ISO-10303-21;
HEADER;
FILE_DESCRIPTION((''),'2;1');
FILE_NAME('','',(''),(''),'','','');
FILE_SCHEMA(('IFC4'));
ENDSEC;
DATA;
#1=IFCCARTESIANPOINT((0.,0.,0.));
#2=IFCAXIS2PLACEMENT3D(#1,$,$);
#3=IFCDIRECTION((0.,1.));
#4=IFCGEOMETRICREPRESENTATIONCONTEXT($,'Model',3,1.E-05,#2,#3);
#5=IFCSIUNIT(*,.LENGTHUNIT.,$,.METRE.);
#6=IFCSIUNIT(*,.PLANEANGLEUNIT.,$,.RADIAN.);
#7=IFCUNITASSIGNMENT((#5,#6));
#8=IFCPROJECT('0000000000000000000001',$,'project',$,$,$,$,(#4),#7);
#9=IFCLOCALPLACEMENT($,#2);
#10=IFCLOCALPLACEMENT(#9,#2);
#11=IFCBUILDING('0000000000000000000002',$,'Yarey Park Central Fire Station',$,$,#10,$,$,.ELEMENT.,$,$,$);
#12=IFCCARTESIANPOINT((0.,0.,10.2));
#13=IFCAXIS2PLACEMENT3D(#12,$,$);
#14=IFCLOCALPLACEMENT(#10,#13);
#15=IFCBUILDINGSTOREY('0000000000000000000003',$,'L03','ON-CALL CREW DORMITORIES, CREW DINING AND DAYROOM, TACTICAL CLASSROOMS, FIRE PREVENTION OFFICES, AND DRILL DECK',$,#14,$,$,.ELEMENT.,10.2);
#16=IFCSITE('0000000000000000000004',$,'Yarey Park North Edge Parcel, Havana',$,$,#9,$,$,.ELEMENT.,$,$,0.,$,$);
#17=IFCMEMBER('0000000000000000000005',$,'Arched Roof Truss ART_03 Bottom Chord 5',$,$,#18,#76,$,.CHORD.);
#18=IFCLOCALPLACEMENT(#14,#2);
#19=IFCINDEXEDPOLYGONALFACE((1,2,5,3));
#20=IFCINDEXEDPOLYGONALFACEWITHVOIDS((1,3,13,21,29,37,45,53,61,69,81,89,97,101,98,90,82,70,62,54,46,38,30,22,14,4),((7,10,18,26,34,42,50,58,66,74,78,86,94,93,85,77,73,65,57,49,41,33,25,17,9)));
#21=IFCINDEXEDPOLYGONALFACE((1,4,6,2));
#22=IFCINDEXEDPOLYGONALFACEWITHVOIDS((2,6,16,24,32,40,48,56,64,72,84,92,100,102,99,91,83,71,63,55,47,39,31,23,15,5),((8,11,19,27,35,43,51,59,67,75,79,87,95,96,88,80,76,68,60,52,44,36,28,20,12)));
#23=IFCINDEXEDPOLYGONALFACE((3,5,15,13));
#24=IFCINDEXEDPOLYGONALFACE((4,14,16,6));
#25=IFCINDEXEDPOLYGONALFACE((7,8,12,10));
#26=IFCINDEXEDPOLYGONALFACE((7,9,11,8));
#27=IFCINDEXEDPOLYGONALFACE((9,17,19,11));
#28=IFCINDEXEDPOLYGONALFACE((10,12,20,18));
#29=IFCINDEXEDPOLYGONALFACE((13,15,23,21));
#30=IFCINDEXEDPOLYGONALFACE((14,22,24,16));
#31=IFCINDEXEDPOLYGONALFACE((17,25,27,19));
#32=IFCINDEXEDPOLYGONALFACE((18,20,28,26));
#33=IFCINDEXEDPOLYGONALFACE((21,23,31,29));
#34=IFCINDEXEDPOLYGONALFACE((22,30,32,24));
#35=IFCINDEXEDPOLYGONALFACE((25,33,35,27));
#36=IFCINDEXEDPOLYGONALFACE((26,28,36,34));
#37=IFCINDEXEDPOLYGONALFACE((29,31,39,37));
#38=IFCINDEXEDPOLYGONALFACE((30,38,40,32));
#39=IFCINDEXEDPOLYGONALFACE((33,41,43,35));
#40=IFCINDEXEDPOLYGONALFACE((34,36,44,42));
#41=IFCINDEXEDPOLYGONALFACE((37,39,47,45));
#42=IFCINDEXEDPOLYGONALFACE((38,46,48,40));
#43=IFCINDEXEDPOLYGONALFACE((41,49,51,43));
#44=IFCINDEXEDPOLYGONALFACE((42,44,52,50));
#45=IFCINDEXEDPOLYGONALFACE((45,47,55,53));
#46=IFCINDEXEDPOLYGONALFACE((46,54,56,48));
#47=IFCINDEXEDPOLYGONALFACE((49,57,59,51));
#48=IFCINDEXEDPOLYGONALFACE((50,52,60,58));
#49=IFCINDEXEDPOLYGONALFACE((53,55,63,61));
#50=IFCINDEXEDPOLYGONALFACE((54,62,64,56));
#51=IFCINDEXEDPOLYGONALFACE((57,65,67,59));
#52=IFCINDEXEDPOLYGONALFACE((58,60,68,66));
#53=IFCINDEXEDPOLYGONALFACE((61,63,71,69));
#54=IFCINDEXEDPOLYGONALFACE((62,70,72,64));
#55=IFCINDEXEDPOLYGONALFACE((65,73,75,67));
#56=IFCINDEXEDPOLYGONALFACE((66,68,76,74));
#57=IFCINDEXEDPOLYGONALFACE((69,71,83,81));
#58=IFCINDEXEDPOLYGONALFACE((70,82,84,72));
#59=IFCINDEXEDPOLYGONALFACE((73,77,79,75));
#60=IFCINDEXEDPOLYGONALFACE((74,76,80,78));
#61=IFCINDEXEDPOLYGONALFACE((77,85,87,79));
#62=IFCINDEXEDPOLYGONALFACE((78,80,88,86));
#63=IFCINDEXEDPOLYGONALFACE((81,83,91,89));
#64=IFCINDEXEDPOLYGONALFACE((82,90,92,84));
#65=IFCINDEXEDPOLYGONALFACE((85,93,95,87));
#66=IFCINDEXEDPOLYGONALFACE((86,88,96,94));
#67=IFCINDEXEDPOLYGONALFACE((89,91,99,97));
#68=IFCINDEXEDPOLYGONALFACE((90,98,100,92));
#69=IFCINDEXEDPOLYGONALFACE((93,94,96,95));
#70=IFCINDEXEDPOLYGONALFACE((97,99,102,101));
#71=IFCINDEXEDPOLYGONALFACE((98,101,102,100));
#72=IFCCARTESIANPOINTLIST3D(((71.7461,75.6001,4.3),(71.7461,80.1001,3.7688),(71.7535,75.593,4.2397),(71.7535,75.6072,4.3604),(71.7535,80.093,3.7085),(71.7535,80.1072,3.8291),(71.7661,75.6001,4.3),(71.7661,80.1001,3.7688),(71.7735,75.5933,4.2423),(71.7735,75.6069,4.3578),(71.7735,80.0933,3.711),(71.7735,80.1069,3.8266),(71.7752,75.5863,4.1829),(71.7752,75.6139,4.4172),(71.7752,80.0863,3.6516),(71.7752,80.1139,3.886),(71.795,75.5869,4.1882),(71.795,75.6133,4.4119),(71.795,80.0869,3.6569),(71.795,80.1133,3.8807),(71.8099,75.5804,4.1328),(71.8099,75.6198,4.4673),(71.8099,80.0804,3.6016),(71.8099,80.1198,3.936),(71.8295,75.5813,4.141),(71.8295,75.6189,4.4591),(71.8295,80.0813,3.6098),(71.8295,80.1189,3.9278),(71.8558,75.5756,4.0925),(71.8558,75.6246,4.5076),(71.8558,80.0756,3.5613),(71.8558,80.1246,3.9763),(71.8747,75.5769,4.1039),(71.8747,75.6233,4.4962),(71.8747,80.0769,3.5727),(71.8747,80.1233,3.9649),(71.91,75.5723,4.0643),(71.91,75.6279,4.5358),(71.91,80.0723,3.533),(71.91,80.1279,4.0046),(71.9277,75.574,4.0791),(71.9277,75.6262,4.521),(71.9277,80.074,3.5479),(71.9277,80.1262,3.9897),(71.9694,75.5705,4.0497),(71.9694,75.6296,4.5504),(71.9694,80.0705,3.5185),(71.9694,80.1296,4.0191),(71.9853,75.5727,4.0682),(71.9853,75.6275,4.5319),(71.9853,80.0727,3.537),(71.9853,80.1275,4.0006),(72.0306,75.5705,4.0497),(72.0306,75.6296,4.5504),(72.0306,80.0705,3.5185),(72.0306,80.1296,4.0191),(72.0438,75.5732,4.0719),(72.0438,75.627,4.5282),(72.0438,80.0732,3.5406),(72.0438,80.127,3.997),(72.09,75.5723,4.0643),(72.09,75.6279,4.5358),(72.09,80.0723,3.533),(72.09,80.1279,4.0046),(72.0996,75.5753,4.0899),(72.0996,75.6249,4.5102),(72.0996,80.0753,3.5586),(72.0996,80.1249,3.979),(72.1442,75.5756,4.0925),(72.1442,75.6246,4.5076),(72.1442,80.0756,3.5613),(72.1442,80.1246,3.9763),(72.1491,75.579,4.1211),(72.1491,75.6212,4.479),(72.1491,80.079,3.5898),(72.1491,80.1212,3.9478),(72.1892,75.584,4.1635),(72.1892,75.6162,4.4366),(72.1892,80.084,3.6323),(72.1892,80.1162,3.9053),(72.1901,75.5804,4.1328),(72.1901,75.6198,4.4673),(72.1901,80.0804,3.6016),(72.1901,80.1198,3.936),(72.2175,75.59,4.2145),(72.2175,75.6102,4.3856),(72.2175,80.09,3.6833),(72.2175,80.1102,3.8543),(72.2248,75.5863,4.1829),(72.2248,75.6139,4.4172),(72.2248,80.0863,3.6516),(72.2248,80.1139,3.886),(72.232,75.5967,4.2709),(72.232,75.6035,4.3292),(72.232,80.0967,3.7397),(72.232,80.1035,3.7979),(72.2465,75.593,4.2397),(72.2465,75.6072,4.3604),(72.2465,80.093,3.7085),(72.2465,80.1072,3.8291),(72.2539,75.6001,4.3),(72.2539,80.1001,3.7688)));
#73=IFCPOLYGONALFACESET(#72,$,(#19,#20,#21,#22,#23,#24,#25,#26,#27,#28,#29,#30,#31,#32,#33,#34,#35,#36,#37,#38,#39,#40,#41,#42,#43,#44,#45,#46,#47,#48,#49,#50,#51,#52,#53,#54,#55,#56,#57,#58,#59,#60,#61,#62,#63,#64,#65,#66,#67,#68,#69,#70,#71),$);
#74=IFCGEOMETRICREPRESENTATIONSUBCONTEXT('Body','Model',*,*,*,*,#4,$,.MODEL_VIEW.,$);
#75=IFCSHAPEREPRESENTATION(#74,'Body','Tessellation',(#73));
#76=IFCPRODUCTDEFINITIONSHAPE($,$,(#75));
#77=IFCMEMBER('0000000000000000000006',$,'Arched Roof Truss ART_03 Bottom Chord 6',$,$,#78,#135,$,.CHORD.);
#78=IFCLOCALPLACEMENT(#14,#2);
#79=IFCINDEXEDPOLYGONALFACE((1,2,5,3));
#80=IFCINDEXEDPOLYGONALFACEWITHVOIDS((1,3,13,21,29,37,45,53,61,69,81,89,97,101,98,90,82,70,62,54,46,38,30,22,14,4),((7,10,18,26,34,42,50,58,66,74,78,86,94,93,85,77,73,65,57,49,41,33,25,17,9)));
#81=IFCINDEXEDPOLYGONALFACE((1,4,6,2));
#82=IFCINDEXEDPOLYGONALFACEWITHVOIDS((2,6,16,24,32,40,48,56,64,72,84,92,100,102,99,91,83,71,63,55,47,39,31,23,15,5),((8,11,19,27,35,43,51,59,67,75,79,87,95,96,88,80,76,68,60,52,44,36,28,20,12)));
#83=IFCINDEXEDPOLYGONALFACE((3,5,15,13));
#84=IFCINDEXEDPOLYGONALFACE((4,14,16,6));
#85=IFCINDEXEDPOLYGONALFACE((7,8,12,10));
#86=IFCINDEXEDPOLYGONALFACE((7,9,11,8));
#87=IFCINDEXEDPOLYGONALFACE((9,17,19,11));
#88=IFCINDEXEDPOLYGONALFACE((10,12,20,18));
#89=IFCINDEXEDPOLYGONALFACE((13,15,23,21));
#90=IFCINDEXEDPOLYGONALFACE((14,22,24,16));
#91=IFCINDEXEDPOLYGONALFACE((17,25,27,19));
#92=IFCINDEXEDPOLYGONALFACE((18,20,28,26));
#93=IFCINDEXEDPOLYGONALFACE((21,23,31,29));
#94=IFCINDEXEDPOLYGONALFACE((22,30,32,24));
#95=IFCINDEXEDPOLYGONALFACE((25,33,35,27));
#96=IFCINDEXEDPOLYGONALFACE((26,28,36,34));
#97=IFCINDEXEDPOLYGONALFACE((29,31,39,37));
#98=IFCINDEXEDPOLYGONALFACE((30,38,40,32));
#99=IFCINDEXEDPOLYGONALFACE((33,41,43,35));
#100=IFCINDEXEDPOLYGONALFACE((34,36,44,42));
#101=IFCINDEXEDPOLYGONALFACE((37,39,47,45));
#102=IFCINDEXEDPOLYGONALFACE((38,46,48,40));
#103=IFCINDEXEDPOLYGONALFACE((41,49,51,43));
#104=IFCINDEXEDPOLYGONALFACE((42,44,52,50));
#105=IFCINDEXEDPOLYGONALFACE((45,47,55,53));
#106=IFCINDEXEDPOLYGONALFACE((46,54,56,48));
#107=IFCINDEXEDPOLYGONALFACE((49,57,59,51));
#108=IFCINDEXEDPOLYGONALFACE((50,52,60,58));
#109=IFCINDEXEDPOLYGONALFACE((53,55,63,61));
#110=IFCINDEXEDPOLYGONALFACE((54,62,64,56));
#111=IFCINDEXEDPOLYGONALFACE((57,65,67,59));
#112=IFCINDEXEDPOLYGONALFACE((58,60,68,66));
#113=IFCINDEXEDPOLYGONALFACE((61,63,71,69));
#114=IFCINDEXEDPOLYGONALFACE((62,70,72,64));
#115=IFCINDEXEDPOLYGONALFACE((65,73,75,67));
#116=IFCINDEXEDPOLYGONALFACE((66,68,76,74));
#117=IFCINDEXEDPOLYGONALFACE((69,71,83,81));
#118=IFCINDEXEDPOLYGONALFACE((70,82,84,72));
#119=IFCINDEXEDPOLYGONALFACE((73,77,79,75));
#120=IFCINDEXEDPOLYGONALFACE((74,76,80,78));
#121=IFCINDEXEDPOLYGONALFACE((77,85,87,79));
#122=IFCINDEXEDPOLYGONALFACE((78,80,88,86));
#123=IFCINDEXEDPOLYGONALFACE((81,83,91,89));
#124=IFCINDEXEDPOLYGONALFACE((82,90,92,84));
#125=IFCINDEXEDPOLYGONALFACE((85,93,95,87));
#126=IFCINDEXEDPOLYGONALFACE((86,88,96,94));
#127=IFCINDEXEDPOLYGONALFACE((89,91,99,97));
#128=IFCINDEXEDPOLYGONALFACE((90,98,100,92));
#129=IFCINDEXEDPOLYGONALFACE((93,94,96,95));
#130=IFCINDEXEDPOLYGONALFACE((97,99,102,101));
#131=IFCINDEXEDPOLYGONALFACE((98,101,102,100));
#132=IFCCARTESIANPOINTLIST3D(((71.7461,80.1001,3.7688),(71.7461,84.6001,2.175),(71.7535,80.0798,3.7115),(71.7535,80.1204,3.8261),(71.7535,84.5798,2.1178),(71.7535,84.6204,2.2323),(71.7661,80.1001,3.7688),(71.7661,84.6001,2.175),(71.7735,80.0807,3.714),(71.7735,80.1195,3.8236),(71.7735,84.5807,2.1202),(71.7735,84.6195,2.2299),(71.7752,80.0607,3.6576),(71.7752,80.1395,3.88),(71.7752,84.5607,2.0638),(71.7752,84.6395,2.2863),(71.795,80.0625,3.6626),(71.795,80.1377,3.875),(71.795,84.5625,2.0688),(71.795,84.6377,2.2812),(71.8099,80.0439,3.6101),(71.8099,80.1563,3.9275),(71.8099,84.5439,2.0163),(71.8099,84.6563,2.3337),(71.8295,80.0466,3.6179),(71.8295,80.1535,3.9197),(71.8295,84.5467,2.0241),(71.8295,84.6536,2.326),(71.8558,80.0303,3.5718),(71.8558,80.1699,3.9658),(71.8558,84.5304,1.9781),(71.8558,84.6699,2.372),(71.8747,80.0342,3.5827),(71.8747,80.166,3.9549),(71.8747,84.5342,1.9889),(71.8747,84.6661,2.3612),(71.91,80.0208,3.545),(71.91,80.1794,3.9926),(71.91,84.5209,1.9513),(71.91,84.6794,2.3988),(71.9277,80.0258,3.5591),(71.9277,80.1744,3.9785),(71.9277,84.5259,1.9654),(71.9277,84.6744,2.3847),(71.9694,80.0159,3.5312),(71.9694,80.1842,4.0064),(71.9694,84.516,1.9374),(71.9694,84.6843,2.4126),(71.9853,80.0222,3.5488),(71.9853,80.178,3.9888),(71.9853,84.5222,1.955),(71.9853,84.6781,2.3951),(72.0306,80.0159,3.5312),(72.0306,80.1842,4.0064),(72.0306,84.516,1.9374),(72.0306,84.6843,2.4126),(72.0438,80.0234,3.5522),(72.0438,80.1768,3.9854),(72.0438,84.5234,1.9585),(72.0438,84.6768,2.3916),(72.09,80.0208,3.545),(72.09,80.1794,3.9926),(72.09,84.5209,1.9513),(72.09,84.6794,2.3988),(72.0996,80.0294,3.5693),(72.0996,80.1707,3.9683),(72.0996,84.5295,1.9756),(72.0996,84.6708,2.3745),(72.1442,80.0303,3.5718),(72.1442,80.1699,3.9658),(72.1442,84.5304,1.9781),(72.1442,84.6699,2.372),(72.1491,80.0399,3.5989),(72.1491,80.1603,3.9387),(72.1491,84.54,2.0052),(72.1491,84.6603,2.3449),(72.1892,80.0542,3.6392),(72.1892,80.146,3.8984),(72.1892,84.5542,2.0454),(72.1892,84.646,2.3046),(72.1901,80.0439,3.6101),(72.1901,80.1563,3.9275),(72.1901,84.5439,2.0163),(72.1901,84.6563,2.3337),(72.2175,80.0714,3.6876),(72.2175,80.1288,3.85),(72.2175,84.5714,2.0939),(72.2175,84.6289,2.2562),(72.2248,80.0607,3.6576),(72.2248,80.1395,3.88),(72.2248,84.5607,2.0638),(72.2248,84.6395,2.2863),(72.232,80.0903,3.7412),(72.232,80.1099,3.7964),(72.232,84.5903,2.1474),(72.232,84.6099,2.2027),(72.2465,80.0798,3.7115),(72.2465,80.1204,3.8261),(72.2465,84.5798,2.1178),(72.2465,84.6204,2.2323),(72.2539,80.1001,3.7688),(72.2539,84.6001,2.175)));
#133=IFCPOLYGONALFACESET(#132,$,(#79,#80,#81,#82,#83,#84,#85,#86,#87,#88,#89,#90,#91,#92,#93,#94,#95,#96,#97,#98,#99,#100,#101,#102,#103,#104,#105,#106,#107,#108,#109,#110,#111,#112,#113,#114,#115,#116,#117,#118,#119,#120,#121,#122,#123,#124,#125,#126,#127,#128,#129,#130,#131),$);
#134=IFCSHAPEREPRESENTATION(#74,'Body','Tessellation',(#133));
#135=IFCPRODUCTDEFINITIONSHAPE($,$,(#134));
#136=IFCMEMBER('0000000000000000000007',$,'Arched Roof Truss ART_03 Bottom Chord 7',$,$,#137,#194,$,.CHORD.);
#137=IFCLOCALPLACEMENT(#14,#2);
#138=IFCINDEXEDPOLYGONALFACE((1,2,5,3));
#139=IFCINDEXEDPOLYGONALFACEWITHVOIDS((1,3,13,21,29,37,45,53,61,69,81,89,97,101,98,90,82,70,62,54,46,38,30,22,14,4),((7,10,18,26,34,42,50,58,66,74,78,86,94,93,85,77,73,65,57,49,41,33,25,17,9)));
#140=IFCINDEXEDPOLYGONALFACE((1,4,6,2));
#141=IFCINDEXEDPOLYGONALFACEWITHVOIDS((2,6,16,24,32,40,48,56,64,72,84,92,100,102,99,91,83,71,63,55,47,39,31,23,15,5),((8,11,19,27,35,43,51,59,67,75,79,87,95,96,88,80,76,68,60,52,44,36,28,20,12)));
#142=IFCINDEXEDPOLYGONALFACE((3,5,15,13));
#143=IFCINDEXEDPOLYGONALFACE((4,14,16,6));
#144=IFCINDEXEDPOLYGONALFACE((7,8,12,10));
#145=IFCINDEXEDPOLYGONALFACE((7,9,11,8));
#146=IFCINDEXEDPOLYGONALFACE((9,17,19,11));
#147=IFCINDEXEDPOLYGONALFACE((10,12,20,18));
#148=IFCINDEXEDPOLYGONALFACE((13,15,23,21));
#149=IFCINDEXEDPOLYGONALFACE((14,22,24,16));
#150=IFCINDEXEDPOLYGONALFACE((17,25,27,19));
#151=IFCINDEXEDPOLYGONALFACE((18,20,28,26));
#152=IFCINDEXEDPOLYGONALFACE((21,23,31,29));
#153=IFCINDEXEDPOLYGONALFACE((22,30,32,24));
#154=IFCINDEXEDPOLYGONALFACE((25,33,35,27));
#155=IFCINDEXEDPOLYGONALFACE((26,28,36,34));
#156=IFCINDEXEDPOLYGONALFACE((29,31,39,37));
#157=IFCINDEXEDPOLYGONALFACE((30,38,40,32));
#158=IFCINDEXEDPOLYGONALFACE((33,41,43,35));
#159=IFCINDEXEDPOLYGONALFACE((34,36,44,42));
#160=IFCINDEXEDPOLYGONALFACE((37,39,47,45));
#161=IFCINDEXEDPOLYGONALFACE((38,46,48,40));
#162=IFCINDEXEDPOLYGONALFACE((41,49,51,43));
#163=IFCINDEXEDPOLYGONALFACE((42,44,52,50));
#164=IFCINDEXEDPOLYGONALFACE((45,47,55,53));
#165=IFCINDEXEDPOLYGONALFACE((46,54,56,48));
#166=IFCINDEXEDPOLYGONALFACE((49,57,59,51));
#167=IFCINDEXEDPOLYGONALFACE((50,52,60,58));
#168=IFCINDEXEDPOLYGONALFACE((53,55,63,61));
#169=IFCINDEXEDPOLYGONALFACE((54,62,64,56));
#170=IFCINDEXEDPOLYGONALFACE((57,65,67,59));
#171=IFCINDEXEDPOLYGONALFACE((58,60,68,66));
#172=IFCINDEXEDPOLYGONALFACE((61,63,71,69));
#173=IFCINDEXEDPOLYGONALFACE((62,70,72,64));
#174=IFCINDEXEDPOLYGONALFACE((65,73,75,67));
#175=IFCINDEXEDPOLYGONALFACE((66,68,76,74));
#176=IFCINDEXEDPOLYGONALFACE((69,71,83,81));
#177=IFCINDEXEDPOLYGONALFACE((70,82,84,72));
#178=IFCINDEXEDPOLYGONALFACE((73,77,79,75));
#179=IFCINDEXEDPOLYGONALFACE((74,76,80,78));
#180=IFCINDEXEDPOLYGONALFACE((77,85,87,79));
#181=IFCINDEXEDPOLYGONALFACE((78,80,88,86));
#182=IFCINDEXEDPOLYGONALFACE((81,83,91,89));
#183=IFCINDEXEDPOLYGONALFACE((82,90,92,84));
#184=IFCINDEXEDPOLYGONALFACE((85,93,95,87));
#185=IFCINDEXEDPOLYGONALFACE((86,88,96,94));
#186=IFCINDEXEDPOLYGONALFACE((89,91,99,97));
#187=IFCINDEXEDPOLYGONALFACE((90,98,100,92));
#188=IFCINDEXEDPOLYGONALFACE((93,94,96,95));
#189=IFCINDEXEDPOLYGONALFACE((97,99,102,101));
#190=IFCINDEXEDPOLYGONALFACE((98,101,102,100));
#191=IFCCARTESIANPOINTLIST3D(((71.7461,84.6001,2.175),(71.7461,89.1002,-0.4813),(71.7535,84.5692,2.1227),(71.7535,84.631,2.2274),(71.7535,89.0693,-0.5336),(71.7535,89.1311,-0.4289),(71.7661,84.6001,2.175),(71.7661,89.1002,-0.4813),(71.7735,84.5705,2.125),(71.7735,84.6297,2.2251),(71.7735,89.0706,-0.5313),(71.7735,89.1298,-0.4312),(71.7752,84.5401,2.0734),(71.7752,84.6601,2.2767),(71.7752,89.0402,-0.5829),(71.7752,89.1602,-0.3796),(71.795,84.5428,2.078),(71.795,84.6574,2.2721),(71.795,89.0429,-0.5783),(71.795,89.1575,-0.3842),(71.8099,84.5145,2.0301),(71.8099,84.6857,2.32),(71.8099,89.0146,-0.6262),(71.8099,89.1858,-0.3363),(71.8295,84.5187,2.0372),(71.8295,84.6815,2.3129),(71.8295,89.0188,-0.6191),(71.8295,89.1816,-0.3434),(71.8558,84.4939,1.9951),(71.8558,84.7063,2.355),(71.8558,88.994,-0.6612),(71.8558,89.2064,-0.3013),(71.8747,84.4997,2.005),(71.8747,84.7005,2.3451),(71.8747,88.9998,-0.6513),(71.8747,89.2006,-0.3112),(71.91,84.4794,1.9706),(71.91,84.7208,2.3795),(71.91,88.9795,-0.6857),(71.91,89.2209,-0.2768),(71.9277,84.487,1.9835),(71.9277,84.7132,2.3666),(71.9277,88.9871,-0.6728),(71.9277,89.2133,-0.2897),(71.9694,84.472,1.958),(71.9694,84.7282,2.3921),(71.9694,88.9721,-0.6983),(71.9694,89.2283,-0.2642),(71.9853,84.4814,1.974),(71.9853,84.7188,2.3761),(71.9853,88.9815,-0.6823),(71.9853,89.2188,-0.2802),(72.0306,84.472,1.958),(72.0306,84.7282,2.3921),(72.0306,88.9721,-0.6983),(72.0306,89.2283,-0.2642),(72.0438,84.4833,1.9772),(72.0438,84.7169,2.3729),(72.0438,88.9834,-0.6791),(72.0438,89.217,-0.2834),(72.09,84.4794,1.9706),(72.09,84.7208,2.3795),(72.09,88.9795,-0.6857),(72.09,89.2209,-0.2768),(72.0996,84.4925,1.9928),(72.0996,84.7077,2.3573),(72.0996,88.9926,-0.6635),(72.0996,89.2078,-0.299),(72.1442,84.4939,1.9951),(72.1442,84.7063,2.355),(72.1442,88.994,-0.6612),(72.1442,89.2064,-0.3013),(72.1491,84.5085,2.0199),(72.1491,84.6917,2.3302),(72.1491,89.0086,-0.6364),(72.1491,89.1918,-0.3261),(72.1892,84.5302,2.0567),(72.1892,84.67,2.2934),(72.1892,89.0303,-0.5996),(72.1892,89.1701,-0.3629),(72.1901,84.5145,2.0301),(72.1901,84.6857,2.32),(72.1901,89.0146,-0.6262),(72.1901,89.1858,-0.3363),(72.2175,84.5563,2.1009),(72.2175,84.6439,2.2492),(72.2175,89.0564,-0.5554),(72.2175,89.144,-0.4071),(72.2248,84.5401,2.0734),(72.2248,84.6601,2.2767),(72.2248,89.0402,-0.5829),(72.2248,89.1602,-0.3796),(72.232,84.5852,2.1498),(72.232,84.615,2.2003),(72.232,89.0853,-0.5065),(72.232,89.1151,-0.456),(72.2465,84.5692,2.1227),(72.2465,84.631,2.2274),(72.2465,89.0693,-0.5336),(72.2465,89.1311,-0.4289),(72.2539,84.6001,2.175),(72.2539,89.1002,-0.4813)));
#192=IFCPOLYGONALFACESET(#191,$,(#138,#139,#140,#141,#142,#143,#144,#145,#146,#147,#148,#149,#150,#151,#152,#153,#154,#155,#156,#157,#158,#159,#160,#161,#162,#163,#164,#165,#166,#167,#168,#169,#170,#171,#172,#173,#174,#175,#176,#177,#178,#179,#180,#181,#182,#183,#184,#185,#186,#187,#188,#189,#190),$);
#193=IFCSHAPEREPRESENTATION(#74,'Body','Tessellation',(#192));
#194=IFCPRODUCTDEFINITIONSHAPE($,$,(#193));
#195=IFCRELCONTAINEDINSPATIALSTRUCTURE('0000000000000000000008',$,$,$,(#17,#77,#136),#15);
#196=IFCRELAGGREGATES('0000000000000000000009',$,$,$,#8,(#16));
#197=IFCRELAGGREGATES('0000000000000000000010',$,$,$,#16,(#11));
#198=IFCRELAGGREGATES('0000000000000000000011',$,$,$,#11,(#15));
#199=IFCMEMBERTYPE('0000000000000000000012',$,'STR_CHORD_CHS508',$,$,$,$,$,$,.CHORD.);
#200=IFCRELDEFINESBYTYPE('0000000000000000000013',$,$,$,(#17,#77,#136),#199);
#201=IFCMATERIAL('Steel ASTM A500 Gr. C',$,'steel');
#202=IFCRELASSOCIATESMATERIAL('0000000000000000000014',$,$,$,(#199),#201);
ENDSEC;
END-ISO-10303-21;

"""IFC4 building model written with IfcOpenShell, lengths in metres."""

from ifc_helpers import new_model, si_unit, direction, frame, origin, origin_2d, place, context, subcontext, project, spatial, hollow_circle, extrude, material, material_profile, profile_set, type_object, element, save


model = new_model("IFC4")

# Units and contexts
model_context = context("Model", 3, precision=1e-05, world=origin(), true_north=direction((0.0, 1.0)))
body_context = subcontext(model_context, "Body", "Model", "MODEL_VIEW")
ifc_project = project(units=[si_unit("LENGTHUNIT", "METRE"), si_unit("PLANEANGLEUNIT", "RADIAN")], contexts=[model_context])

# Site, building, storey
site_placement = place(None, origin())
site = spatial("IfcSite", under=ifc_project, at=site_placement, Name="Yarey Park North Edge Parcel, Havana", CompositionType="ELEMENT", RefElevation=0.0)
building_placement = place(site_placement, origin())
building = spatial("IfcBuilding", under=site, at=building_placement, Name="Yarey Park Central Fire Station", CompositionType="ELEMENT")
storey_placement = place(building_placement, frame((0.0, 0.0, 10.2)))
storey = spatial("IfcBuildingStorey", under=building, at=storey_placement, Name="L03", Description="ON-CALL CREW DORMITORIES, CREW DINING AND DAYROOM, TACTICAL CLASSROOMS, FIRE PREVENTION OFFICES, AND DRILL DECK", CompositionType="ELEMENT", Elevation=10.2)

# Members
ifc_material_1 = material(Name="Steel ASTM A500 Gr. C", Category="steel")
ifc_material_profile_1 = material_profile(ifc_material_1, hollow_circle(Radius=0.2539, WallThickness=0.02, at=origin_2d()), Name="CHS 508x20")
ifc_profile_set_1 = profile_set([ifc_material_profile_1], Name="Steel ASTM A500 Gr. C")
member_type_1 = type_object("IfcMemberType", Name="STR_CHORD_CHS508", PredefinedType="CHORD", material=ifc_profile_set_1)
member_1_placement = place(storey_placement, frame((72.0, 75.6001, 4.3), z_axis=(0.0, 0.993103, -0.117241), x_axis=(-1.0, 0.0, 0.0)))
element("IfcMember", 1, at=member_1_placement, inside=storey, type_object=member_type_1, Name="Arched Roof Truss ART_03 Bottom Chord 5", PredefinedType="CHORD", context=body_context, shape_type="SweptSolid", body=[
    extrude(hollow_circle(Radius=0.2539, WallThickness=0.02, at=origin_2d()), origin(), (0.0, 0.0, 1.0), 4.5312),
])
member_2_placement = place(storey_placement, frame((72.0, 80.1001, 3.7688), z_axis=(0.0, 0.942627, -0.333847), x_axis=(-1.0, 0.0, 0.0)))
element("IfcMember", 2, at=member_2_placement, inside=storey, type_object=member_type_1, Name="Arched Roof Truss ART_03 Bottom Chord 6", PredefinedType="CHORD", context=body_context, shape_type="SweptSolid", body=[
    extrude(hollow_circle(Radius=0.2539, WallThickness=0.02, at=origin_2d()), origin(), (0.0, 0.0, 1.0), 4.7739),
])
member_3_placement = place(storey_placement, frame((72.0, 84.6001, 2.175), z_axis=(0.0, 0.861165, -0.508326), x_axis=(-1.0, 0.0, 0.0)))
element("IfcMember", 3, at=member_3_placement, inside=storey, type_object=member_type_1, Name="Arched Roof Truss ART_03 Bottom Chord 7", PredefinedType="CHORD", context=body_context, shape_type="SweptSolid", body=[
    extrude(hollow_circle(Radius=0.2539, WallThickness=0.02, at=origin_2d()), origin(), (0.0, 0.0, 1.0), 5.2256),
])

save(model, "model.ifc")
